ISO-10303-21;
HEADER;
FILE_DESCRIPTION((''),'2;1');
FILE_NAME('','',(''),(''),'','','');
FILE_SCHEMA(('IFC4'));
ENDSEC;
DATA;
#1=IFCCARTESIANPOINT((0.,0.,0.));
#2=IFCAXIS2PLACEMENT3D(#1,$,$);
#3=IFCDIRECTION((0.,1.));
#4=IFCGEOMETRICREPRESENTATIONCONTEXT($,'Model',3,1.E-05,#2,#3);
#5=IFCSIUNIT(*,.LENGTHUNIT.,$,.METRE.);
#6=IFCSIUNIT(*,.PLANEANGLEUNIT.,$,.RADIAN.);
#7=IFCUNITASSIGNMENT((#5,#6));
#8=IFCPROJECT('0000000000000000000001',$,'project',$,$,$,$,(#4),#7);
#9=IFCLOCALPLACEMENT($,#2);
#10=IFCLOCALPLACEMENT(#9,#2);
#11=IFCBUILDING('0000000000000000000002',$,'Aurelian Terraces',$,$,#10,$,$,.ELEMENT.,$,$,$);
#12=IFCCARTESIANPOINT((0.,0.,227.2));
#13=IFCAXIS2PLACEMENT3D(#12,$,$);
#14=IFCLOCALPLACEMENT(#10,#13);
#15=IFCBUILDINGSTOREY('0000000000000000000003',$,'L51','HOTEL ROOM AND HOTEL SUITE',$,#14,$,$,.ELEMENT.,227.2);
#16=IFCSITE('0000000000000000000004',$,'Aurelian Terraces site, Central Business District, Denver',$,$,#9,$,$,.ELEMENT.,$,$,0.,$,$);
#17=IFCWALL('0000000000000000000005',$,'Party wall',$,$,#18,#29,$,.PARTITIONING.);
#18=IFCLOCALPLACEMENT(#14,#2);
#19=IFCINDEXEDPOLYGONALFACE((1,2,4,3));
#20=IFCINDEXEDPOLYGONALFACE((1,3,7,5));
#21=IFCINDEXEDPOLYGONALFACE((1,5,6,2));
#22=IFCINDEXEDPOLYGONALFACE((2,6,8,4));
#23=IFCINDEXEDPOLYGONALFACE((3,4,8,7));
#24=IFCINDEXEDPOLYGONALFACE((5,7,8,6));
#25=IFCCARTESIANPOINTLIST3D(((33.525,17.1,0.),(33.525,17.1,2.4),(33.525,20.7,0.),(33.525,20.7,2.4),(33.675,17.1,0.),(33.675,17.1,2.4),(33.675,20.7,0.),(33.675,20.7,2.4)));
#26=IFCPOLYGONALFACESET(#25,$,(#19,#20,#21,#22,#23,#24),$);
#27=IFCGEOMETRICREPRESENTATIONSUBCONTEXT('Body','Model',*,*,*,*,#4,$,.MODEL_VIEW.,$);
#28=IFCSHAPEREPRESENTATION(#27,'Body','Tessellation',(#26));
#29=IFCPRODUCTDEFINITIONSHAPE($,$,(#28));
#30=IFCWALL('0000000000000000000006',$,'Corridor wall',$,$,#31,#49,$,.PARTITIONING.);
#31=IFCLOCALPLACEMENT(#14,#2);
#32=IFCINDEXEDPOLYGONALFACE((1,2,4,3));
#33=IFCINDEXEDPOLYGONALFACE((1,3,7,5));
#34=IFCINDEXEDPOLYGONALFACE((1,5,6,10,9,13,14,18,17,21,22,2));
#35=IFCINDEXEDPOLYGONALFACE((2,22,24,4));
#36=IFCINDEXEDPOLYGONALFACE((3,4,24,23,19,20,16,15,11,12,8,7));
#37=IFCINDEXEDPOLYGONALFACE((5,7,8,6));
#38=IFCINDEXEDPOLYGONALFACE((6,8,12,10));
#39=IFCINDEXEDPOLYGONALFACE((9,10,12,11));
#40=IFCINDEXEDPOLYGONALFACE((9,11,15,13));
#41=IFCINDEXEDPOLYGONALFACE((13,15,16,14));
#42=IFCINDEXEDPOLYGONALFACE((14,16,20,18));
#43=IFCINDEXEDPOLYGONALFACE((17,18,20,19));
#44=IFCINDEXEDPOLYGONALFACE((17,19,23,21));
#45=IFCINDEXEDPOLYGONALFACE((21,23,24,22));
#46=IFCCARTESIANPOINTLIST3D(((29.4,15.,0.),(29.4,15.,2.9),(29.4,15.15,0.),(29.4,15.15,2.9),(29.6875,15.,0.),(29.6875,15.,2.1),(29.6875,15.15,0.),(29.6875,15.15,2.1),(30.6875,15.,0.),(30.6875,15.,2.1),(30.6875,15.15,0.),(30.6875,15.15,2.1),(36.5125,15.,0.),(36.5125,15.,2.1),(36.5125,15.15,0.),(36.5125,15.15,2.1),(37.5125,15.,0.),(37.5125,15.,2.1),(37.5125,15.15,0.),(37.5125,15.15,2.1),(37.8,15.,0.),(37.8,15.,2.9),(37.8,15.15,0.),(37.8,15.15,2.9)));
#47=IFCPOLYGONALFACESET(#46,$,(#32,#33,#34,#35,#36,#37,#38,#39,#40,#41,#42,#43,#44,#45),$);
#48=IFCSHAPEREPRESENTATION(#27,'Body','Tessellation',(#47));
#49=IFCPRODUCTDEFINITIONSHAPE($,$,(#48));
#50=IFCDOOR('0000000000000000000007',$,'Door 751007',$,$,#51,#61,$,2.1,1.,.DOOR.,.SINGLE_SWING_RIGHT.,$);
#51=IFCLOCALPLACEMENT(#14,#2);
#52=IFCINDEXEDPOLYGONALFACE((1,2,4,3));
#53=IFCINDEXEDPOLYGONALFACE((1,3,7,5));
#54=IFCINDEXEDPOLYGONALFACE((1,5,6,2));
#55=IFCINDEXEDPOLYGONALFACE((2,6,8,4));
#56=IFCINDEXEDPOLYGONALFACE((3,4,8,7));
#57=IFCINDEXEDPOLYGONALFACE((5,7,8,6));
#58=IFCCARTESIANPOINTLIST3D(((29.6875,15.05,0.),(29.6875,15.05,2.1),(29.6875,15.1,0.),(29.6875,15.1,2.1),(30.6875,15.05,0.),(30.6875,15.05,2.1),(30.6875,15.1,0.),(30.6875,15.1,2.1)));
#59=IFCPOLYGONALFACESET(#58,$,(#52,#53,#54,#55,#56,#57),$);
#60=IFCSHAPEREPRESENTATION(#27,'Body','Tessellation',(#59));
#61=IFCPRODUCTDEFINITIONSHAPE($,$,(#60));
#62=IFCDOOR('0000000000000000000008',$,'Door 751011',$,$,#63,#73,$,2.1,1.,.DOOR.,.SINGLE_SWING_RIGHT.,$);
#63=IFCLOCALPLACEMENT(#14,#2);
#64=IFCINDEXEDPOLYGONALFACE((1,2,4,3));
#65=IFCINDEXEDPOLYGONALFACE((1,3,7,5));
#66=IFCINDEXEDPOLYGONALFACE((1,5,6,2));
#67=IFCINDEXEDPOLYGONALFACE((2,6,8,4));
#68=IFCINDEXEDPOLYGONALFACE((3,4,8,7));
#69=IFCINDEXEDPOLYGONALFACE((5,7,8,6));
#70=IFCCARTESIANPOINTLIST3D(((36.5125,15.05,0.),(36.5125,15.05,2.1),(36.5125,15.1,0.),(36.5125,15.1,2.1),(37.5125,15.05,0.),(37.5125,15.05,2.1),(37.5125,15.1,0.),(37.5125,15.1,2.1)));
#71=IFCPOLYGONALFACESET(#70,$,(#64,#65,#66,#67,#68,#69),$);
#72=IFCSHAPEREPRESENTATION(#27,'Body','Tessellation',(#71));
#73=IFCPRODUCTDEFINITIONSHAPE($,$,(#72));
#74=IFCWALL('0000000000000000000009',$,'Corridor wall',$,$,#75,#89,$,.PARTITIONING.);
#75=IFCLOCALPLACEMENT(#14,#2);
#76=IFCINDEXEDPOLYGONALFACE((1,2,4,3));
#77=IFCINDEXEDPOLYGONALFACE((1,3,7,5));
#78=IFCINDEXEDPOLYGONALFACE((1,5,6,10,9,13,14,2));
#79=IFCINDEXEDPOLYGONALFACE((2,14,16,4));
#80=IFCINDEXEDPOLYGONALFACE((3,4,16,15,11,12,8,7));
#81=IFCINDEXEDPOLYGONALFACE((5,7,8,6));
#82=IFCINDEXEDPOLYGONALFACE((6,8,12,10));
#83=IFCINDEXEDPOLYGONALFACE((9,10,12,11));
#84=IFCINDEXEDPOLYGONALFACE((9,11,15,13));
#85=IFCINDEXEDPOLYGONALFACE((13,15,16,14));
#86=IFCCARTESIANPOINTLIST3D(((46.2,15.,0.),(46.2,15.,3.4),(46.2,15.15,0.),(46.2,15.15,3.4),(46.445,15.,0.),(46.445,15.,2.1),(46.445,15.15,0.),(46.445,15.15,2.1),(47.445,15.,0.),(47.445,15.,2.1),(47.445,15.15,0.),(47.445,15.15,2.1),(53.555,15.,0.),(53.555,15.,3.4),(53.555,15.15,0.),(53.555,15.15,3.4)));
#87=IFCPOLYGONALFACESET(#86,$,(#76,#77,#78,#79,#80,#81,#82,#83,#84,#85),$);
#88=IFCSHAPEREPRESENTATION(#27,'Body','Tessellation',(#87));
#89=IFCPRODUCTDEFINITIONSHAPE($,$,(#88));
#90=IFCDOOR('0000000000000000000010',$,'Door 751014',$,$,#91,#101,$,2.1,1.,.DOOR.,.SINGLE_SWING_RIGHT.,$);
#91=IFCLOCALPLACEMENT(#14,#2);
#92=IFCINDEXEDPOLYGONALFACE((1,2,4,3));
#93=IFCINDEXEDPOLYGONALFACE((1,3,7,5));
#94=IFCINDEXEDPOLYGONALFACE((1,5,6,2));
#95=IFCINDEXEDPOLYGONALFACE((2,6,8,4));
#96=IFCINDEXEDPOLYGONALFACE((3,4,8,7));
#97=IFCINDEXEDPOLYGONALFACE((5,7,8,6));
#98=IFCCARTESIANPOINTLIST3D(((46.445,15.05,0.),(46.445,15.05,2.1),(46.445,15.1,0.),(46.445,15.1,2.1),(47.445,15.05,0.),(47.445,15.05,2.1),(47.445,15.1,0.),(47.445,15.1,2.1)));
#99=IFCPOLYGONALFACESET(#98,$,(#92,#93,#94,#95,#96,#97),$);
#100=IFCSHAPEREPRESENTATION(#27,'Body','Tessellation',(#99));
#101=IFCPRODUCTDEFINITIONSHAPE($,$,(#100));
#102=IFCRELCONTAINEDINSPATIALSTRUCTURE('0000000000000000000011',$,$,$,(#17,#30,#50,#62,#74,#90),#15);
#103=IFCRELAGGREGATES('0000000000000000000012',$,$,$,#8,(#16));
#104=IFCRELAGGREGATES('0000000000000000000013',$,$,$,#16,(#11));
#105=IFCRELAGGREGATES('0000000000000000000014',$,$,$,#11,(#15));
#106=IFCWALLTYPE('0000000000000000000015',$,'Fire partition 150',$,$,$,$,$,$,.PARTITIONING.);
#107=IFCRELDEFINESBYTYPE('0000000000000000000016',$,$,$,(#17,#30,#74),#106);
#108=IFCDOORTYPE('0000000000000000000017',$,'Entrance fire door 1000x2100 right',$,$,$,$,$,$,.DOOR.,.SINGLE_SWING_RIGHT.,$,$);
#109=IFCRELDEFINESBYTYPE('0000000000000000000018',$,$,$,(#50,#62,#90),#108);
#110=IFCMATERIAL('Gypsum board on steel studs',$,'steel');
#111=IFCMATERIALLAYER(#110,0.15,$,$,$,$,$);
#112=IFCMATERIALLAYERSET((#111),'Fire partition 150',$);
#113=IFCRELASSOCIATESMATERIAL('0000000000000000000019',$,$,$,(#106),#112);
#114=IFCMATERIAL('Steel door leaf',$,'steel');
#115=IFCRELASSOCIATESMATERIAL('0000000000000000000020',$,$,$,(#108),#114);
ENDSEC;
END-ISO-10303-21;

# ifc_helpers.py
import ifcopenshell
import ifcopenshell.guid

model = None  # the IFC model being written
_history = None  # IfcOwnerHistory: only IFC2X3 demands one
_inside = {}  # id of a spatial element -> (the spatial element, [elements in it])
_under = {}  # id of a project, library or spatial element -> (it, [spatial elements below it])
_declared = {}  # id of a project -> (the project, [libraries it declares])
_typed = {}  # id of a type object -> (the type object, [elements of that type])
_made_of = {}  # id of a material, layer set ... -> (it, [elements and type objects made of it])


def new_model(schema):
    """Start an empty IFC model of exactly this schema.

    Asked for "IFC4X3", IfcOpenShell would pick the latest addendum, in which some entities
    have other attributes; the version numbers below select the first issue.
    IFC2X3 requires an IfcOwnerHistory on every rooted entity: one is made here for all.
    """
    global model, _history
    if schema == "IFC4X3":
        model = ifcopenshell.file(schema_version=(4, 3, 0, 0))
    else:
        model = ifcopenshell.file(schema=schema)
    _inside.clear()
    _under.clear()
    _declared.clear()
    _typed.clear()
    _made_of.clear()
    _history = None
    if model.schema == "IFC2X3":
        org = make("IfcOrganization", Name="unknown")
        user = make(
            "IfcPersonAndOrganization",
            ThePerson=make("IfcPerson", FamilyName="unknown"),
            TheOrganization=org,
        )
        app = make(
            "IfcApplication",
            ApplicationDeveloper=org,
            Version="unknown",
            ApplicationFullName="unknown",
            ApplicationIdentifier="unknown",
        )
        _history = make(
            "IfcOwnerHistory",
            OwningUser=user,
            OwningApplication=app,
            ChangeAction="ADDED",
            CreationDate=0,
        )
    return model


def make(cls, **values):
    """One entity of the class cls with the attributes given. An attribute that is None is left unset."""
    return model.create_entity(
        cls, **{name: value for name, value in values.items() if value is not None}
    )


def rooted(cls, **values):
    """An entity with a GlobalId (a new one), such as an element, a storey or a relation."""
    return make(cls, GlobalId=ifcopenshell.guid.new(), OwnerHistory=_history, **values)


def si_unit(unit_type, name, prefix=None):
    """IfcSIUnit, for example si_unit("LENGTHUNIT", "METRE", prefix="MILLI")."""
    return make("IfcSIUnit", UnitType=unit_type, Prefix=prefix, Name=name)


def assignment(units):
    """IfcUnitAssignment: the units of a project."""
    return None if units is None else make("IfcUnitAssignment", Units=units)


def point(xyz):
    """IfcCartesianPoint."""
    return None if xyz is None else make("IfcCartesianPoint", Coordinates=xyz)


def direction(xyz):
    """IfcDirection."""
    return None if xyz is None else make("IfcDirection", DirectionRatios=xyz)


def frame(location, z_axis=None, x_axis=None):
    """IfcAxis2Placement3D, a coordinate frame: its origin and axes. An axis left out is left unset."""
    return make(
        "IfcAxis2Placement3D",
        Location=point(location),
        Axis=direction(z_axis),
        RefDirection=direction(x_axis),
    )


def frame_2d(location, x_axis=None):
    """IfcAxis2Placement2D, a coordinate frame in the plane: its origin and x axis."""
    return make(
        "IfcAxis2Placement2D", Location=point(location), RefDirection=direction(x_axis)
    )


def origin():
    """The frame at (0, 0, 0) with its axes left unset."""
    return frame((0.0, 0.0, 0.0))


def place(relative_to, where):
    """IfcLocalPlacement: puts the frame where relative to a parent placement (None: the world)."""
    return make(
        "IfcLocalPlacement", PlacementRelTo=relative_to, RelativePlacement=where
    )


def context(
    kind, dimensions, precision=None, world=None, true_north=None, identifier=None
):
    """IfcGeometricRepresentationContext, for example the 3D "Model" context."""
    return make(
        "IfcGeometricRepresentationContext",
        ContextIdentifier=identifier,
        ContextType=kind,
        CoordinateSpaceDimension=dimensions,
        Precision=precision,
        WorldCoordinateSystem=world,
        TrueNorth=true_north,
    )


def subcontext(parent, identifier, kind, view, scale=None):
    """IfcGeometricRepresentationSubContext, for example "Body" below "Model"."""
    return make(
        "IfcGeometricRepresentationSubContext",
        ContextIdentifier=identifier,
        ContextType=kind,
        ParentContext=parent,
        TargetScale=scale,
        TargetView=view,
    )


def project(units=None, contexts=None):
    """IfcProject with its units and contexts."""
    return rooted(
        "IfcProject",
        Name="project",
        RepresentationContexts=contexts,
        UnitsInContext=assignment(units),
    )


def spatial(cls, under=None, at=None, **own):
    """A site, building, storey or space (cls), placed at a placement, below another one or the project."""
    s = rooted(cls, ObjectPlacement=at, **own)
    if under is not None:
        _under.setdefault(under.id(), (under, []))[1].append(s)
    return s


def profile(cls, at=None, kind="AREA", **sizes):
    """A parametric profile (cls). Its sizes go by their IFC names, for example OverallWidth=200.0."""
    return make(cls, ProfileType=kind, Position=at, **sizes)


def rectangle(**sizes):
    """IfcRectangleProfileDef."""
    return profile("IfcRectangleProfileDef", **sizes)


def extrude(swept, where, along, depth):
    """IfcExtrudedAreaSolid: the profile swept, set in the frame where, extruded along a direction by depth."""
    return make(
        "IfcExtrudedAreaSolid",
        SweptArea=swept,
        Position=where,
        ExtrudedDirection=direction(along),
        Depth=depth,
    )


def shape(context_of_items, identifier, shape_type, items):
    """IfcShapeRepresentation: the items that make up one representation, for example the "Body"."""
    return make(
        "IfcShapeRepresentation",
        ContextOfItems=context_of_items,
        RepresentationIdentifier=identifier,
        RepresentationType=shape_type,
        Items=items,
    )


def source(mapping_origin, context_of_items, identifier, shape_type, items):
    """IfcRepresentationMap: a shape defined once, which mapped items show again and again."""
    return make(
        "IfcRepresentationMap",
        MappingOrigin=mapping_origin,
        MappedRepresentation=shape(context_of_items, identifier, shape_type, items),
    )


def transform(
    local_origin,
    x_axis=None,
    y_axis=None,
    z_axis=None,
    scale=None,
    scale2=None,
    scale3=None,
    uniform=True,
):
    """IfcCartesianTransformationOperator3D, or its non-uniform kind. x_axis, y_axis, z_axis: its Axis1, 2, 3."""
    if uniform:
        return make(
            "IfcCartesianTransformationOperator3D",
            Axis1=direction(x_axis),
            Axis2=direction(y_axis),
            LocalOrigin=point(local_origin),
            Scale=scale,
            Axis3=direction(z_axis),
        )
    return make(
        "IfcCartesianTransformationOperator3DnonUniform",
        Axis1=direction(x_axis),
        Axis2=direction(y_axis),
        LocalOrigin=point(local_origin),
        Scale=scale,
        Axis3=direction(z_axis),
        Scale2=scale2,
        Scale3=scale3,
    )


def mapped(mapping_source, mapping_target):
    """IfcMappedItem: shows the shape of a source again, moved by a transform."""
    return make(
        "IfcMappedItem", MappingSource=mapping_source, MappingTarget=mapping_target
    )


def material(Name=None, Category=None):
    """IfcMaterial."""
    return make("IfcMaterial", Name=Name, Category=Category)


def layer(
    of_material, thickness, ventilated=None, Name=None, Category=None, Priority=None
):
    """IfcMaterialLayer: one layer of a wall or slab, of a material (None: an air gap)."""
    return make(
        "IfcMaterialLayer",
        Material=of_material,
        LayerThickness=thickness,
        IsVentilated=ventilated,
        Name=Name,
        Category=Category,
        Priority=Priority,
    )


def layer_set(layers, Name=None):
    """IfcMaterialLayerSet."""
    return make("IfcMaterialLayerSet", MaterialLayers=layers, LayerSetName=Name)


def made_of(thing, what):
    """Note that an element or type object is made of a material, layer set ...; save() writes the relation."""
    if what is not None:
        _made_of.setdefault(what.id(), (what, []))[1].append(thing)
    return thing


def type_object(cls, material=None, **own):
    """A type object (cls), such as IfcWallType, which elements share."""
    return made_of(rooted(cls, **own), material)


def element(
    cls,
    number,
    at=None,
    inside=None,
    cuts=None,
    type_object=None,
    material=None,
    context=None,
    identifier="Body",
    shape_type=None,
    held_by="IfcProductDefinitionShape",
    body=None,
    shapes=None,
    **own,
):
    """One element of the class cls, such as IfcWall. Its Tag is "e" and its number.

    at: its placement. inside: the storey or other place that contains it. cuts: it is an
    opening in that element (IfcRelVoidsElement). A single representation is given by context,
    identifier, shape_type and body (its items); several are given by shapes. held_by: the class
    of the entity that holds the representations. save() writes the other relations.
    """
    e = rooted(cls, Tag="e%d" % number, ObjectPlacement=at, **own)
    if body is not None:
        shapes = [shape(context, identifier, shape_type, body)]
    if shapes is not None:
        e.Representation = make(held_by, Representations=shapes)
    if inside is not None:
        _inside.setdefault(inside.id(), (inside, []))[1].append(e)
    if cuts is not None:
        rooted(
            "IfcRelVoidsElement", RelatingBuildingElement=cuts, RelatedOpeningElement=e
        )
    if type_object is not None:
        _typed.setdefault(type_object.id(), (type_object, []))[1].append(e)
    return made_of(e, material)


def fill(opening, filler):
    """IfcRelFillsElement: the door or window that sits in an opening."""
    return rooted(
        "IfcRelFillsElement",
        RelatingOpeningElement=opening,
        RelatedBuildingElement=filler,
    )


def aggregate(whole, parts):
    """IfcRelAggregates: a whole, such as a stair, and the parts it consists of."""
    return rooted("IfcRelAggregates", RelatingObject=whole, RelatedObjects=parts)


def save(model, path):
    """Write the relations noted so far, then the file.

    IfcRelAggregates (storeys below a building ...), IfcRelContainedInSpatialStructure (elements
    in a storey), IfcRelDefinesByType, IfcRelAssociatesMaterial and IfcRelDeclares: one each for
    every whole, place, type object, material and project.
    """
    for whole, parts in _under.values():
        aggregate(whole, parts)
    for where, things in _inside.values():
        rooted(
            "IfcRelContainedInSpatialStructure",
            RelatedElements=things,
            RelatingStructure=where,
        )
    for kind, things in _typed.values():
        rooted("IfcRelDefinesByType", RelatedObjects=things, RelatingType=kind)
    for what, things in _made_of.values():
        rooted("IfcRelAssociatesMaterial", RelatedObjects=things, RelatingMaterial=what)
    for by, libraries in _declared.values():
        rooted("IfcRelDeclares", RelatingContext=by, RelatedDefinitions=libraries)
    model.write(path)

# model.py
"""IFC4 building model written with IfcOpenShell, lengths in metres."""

from ifc_helpers import new_model, si_unit, direction, frame, frame_2d, origin, place, context, subcontext, project, spatial, rectangle, extrude, source, transform, mapped, material, layer, layer_set, type_object, element, fill, save


model = new_model("IFC4")

# Units and contexts
model_context = context("Model", 3, precision=1e-05, world=origin(), true_north=direction((0.0, 1.0)))
body_context = subcontext(model_context, "Body", "Model", "MODEL_VIEW")
ifc_project = project(units=[si_unit("LENGTHUNIT", "METRE"), si_unit("PLANEANGLEUNIT", "RADIAN")], contexts=[model_context])

# Site, building, storey
site_placement = place(None, origin())
site = spatial("IfcSite", under=ifc_project, at=site_placement, Name="Aurelian Terraces site, Central Business District, Denver", CompositionType="ELEMENT", RefElevation=0.0)
building_placement = place(site_placement, origin())
building = spatial("IfcBuilding", under=site, at=building_placement, Name="Aurelian Terraces", CompositionType="ELEMENT")
storey_placement = place(building_placement, frame((0.0, 0.0, 227.2)))
storey = spatial("IfcBuildingStorey", under=building, at=storey_placement, Name="L51", Description="HOTEL ROOM AND HOTEL SUITE", CompositionType="ELEMENT", Elevation=227.2)

# Shared definitions
ifc_material_1 = material(Name="Gypsum board on steel studs", Category="steel")
ifc_layer_1 = layer(ifc_material_1, 0.15)
ifc_layer_set_1 = layer_set([ifc_layer_1], Name="Fire partition 150")
wall_type_1 = type_object("IfcWallType", Name="Fire partition 150", PredefinedType="PARTITIONING", material=ifc_layer_set_1)

# Wall
shared_shape_1 = source(origin(), body_context, "Body", "SweptSolid", [
    extrude(rectangle(XDim=3.6, YDim=0.15, at=frame_2d((1.8, 0.0))), origin(), (0.0, 0.0, 1.0), 2.4),
])
wall_1_placement = place(storey_placement, frame((33.6, 17.1, 0.0), z_axis=(0.0, 0.0, 1.0), x_axis=(0.0, 1.0, 0.0)))
element("IfcWall", 1, at=wall_1_placement, inside=storey, type_object=wall_type_1, Name="Party wall", PredefinedType="PARTITIONING", context=body_context, shape_type="MappedRepresentation", body=[
    mapped(shared_shape_1, transform((0.0, 0.0, 0.0), scale=1.0)),
])

# Wall, openings, doors
shared_shape_2 = source(origin(), body_context, "Body", "SweptSolid", [
    extrude(rectangle(XDim=8.4, YDim=0.15, at=frame_2d((4.2, 0.0))), origin(), (0.0, 0.0, 1.0), 2.9),
])
wall_2_placement = place(storey_placement, frame((37.8, 15.075, 0.0), z_axis=(0.0, 0.0, 1.0), x_axis=(-1.0, 0.0, 0.0)))
wall_2 = element("IfcWall", 2, at=wall_2_placement, inside=storey, type_object=wall_type_1, Name="Corridor wall", PredefinedType="PARTITIONING", context=body_context, shape_type="MappedRepresentation", body=[
    mapped(shared_shape_2, transform((0.0, 0.0, 0.0), scale=1.0)),
])
shared_shape_3 = source(origin(), body_context, "Body", "SweptSolid", [
    extrude(rectangle(XDim=1.0, YDim=2.1, at=frame_2d((0.5, 1.05))), frame((0.0, 0.085, 0.0), z_axis=(0.0, -1.0, 0.0), x_axis=(1.0, 0.0, 0.0)), (0.0, 0.0, 1.0), 0.17),
])
opening_1_placement = place(wall_2_placement, frame((7.1125, 0.0, 0.0)))
opening_1 = element("IfcOpeningElement", 3, at=opening_1_placement, cuts=wall_2, PredefinedType="OPENING", context=body_context, shape_type="MappedRepresentation", body=[
    mapped(shared_shape_3, transform((0.0, 0.0, 0.0), scale=1.0)),
])
opening_2_placement = place(wall_2_placement, frame((0.2875, 0.0, 0.0)))
opening_2 = element("IfcOpeningElement", 4, at=opening_2_placement, cuts=wall_2, PredefinedType="OPENING", context=body_context, shape_type="MappedRepresentation", body=[
    mapped(shared_shape_3, transform((0.0, 0.0, 0.0), scale=1.0)),
])
ifc_material_2 = material(Name="Steel door leaf", Category="steel")
door_type_1 = type_object("IfcDoorType", Name="Entrance fire door 1000x2100 right", OperationType="SINGLE_SWING_RIGHT", PredefinedType="DOOR", material=ifc_material_2)
shared_shape_4 = source(origin(), body_context, "Body", "SweptSolid", [
    extrude(rectangle(XDim=1.0, YDim=2.1, at=frame_2d((0.5, 1.05))), frame((0.0, 0.025, 0.0), z_axis=(0.0, -1.0, 0.0), x_axis=(1.0, 0.0, 0.0)), (0.0, 0.0, 1.0), 0.05),
])
door_1_placement = place(opening_1_placement, origin())
door_1 = element("IfcDoor", 5, at=door_1_placement, inside=storey, type_object=door_type_1, Name="Door 751007", OperationType="SINGLE_SWING_RIGHT", OverallHeight=2.1, OverallWidth=1.0, PredefinedType="DOOR", context=body_context, shape_type="MappedRepresentation", body=[
    mapped(shared_shape_4, transform((0.0, 0.0, 0.0), scale=1.0)),
])
fill(opening_1, door_1)
door_2_placement = place(opening_2_placement, origin())
door_2 = element("IfcDoor", 6, at=door_2_placement, inside=storey, type_object=door_type_1, Name="Door 751011", OperationType="SINGLE_SWING_RIGHT", OverallHeight=2.1, OverallWidth=1.0, PredefinedType="DOOR", context=body_context, shape_type="MappedRepresentation", body=[
    mapped(shared_shape_4, transform((0.0, 0.0, 0.0), scale=1.0)),
])
fill(opening_2, door_2)

# Wall, opening, door
shared_shape_5 = source(origin(), body_context, "Body", "SweptSolid", [
    extrude(rectangle(XDim=7.355, YDim=0.15, at=frame_2d((3.6775, 0.0))), origin(), (0.0, 0.0, 1.0), 3.4),
])
wall_3_placement = place(storey_placement, frame((53.555, 15.075, 0.0), z_axis=(0.0, 0.0, 1.0), x_axis=(-1.0, 0.0, 0.0)))
wall_3 = element("IfcWall", 7, at=wall_3_placement, inside=storey, type_object=wall_type_1, Name="Corridor wall", PredefinedType="PARTITIONING", context=body_context, shape_type="MappedRepresentation", body=[
    mapped(shared_shape_5, transform((0.0, 0.0, 0.0), scale=1.0)),
])
opening_3_placement = place(wall_3_placement, frame((6.11, 0.0, 0.0)))
opening_3 = element("IfcOpeningElement", 8, at=opening_3_placement, cuts=wall_3, PredefinedType="OPENING", context=body_context, shape_type="MappedRepresentation", body=[
    mapped(shared_shape_3, transform((0.0, 0.0, 0.0), scale=1.0)),
])
door_3_placement = place(opening_3_placement, origin())
door_3 = element("IfcDoor", 9, at=door_3_placement, inside=storey, type_object=door_type_1, Name="Door 751014", OperationType="SINGLE_SWING_RIGHT", OverallHeight=2.1, OverallWidth=1.0, PredefinedType="DOOR", context=body_context, shape_type="MappedRepresentation", body=[
    mapped(shared_shape_4, transform((0.0, 0.0, 0.0), scale=1.0)),
])
fill(opening_3, door_3)

save(model, "model.ifc")
